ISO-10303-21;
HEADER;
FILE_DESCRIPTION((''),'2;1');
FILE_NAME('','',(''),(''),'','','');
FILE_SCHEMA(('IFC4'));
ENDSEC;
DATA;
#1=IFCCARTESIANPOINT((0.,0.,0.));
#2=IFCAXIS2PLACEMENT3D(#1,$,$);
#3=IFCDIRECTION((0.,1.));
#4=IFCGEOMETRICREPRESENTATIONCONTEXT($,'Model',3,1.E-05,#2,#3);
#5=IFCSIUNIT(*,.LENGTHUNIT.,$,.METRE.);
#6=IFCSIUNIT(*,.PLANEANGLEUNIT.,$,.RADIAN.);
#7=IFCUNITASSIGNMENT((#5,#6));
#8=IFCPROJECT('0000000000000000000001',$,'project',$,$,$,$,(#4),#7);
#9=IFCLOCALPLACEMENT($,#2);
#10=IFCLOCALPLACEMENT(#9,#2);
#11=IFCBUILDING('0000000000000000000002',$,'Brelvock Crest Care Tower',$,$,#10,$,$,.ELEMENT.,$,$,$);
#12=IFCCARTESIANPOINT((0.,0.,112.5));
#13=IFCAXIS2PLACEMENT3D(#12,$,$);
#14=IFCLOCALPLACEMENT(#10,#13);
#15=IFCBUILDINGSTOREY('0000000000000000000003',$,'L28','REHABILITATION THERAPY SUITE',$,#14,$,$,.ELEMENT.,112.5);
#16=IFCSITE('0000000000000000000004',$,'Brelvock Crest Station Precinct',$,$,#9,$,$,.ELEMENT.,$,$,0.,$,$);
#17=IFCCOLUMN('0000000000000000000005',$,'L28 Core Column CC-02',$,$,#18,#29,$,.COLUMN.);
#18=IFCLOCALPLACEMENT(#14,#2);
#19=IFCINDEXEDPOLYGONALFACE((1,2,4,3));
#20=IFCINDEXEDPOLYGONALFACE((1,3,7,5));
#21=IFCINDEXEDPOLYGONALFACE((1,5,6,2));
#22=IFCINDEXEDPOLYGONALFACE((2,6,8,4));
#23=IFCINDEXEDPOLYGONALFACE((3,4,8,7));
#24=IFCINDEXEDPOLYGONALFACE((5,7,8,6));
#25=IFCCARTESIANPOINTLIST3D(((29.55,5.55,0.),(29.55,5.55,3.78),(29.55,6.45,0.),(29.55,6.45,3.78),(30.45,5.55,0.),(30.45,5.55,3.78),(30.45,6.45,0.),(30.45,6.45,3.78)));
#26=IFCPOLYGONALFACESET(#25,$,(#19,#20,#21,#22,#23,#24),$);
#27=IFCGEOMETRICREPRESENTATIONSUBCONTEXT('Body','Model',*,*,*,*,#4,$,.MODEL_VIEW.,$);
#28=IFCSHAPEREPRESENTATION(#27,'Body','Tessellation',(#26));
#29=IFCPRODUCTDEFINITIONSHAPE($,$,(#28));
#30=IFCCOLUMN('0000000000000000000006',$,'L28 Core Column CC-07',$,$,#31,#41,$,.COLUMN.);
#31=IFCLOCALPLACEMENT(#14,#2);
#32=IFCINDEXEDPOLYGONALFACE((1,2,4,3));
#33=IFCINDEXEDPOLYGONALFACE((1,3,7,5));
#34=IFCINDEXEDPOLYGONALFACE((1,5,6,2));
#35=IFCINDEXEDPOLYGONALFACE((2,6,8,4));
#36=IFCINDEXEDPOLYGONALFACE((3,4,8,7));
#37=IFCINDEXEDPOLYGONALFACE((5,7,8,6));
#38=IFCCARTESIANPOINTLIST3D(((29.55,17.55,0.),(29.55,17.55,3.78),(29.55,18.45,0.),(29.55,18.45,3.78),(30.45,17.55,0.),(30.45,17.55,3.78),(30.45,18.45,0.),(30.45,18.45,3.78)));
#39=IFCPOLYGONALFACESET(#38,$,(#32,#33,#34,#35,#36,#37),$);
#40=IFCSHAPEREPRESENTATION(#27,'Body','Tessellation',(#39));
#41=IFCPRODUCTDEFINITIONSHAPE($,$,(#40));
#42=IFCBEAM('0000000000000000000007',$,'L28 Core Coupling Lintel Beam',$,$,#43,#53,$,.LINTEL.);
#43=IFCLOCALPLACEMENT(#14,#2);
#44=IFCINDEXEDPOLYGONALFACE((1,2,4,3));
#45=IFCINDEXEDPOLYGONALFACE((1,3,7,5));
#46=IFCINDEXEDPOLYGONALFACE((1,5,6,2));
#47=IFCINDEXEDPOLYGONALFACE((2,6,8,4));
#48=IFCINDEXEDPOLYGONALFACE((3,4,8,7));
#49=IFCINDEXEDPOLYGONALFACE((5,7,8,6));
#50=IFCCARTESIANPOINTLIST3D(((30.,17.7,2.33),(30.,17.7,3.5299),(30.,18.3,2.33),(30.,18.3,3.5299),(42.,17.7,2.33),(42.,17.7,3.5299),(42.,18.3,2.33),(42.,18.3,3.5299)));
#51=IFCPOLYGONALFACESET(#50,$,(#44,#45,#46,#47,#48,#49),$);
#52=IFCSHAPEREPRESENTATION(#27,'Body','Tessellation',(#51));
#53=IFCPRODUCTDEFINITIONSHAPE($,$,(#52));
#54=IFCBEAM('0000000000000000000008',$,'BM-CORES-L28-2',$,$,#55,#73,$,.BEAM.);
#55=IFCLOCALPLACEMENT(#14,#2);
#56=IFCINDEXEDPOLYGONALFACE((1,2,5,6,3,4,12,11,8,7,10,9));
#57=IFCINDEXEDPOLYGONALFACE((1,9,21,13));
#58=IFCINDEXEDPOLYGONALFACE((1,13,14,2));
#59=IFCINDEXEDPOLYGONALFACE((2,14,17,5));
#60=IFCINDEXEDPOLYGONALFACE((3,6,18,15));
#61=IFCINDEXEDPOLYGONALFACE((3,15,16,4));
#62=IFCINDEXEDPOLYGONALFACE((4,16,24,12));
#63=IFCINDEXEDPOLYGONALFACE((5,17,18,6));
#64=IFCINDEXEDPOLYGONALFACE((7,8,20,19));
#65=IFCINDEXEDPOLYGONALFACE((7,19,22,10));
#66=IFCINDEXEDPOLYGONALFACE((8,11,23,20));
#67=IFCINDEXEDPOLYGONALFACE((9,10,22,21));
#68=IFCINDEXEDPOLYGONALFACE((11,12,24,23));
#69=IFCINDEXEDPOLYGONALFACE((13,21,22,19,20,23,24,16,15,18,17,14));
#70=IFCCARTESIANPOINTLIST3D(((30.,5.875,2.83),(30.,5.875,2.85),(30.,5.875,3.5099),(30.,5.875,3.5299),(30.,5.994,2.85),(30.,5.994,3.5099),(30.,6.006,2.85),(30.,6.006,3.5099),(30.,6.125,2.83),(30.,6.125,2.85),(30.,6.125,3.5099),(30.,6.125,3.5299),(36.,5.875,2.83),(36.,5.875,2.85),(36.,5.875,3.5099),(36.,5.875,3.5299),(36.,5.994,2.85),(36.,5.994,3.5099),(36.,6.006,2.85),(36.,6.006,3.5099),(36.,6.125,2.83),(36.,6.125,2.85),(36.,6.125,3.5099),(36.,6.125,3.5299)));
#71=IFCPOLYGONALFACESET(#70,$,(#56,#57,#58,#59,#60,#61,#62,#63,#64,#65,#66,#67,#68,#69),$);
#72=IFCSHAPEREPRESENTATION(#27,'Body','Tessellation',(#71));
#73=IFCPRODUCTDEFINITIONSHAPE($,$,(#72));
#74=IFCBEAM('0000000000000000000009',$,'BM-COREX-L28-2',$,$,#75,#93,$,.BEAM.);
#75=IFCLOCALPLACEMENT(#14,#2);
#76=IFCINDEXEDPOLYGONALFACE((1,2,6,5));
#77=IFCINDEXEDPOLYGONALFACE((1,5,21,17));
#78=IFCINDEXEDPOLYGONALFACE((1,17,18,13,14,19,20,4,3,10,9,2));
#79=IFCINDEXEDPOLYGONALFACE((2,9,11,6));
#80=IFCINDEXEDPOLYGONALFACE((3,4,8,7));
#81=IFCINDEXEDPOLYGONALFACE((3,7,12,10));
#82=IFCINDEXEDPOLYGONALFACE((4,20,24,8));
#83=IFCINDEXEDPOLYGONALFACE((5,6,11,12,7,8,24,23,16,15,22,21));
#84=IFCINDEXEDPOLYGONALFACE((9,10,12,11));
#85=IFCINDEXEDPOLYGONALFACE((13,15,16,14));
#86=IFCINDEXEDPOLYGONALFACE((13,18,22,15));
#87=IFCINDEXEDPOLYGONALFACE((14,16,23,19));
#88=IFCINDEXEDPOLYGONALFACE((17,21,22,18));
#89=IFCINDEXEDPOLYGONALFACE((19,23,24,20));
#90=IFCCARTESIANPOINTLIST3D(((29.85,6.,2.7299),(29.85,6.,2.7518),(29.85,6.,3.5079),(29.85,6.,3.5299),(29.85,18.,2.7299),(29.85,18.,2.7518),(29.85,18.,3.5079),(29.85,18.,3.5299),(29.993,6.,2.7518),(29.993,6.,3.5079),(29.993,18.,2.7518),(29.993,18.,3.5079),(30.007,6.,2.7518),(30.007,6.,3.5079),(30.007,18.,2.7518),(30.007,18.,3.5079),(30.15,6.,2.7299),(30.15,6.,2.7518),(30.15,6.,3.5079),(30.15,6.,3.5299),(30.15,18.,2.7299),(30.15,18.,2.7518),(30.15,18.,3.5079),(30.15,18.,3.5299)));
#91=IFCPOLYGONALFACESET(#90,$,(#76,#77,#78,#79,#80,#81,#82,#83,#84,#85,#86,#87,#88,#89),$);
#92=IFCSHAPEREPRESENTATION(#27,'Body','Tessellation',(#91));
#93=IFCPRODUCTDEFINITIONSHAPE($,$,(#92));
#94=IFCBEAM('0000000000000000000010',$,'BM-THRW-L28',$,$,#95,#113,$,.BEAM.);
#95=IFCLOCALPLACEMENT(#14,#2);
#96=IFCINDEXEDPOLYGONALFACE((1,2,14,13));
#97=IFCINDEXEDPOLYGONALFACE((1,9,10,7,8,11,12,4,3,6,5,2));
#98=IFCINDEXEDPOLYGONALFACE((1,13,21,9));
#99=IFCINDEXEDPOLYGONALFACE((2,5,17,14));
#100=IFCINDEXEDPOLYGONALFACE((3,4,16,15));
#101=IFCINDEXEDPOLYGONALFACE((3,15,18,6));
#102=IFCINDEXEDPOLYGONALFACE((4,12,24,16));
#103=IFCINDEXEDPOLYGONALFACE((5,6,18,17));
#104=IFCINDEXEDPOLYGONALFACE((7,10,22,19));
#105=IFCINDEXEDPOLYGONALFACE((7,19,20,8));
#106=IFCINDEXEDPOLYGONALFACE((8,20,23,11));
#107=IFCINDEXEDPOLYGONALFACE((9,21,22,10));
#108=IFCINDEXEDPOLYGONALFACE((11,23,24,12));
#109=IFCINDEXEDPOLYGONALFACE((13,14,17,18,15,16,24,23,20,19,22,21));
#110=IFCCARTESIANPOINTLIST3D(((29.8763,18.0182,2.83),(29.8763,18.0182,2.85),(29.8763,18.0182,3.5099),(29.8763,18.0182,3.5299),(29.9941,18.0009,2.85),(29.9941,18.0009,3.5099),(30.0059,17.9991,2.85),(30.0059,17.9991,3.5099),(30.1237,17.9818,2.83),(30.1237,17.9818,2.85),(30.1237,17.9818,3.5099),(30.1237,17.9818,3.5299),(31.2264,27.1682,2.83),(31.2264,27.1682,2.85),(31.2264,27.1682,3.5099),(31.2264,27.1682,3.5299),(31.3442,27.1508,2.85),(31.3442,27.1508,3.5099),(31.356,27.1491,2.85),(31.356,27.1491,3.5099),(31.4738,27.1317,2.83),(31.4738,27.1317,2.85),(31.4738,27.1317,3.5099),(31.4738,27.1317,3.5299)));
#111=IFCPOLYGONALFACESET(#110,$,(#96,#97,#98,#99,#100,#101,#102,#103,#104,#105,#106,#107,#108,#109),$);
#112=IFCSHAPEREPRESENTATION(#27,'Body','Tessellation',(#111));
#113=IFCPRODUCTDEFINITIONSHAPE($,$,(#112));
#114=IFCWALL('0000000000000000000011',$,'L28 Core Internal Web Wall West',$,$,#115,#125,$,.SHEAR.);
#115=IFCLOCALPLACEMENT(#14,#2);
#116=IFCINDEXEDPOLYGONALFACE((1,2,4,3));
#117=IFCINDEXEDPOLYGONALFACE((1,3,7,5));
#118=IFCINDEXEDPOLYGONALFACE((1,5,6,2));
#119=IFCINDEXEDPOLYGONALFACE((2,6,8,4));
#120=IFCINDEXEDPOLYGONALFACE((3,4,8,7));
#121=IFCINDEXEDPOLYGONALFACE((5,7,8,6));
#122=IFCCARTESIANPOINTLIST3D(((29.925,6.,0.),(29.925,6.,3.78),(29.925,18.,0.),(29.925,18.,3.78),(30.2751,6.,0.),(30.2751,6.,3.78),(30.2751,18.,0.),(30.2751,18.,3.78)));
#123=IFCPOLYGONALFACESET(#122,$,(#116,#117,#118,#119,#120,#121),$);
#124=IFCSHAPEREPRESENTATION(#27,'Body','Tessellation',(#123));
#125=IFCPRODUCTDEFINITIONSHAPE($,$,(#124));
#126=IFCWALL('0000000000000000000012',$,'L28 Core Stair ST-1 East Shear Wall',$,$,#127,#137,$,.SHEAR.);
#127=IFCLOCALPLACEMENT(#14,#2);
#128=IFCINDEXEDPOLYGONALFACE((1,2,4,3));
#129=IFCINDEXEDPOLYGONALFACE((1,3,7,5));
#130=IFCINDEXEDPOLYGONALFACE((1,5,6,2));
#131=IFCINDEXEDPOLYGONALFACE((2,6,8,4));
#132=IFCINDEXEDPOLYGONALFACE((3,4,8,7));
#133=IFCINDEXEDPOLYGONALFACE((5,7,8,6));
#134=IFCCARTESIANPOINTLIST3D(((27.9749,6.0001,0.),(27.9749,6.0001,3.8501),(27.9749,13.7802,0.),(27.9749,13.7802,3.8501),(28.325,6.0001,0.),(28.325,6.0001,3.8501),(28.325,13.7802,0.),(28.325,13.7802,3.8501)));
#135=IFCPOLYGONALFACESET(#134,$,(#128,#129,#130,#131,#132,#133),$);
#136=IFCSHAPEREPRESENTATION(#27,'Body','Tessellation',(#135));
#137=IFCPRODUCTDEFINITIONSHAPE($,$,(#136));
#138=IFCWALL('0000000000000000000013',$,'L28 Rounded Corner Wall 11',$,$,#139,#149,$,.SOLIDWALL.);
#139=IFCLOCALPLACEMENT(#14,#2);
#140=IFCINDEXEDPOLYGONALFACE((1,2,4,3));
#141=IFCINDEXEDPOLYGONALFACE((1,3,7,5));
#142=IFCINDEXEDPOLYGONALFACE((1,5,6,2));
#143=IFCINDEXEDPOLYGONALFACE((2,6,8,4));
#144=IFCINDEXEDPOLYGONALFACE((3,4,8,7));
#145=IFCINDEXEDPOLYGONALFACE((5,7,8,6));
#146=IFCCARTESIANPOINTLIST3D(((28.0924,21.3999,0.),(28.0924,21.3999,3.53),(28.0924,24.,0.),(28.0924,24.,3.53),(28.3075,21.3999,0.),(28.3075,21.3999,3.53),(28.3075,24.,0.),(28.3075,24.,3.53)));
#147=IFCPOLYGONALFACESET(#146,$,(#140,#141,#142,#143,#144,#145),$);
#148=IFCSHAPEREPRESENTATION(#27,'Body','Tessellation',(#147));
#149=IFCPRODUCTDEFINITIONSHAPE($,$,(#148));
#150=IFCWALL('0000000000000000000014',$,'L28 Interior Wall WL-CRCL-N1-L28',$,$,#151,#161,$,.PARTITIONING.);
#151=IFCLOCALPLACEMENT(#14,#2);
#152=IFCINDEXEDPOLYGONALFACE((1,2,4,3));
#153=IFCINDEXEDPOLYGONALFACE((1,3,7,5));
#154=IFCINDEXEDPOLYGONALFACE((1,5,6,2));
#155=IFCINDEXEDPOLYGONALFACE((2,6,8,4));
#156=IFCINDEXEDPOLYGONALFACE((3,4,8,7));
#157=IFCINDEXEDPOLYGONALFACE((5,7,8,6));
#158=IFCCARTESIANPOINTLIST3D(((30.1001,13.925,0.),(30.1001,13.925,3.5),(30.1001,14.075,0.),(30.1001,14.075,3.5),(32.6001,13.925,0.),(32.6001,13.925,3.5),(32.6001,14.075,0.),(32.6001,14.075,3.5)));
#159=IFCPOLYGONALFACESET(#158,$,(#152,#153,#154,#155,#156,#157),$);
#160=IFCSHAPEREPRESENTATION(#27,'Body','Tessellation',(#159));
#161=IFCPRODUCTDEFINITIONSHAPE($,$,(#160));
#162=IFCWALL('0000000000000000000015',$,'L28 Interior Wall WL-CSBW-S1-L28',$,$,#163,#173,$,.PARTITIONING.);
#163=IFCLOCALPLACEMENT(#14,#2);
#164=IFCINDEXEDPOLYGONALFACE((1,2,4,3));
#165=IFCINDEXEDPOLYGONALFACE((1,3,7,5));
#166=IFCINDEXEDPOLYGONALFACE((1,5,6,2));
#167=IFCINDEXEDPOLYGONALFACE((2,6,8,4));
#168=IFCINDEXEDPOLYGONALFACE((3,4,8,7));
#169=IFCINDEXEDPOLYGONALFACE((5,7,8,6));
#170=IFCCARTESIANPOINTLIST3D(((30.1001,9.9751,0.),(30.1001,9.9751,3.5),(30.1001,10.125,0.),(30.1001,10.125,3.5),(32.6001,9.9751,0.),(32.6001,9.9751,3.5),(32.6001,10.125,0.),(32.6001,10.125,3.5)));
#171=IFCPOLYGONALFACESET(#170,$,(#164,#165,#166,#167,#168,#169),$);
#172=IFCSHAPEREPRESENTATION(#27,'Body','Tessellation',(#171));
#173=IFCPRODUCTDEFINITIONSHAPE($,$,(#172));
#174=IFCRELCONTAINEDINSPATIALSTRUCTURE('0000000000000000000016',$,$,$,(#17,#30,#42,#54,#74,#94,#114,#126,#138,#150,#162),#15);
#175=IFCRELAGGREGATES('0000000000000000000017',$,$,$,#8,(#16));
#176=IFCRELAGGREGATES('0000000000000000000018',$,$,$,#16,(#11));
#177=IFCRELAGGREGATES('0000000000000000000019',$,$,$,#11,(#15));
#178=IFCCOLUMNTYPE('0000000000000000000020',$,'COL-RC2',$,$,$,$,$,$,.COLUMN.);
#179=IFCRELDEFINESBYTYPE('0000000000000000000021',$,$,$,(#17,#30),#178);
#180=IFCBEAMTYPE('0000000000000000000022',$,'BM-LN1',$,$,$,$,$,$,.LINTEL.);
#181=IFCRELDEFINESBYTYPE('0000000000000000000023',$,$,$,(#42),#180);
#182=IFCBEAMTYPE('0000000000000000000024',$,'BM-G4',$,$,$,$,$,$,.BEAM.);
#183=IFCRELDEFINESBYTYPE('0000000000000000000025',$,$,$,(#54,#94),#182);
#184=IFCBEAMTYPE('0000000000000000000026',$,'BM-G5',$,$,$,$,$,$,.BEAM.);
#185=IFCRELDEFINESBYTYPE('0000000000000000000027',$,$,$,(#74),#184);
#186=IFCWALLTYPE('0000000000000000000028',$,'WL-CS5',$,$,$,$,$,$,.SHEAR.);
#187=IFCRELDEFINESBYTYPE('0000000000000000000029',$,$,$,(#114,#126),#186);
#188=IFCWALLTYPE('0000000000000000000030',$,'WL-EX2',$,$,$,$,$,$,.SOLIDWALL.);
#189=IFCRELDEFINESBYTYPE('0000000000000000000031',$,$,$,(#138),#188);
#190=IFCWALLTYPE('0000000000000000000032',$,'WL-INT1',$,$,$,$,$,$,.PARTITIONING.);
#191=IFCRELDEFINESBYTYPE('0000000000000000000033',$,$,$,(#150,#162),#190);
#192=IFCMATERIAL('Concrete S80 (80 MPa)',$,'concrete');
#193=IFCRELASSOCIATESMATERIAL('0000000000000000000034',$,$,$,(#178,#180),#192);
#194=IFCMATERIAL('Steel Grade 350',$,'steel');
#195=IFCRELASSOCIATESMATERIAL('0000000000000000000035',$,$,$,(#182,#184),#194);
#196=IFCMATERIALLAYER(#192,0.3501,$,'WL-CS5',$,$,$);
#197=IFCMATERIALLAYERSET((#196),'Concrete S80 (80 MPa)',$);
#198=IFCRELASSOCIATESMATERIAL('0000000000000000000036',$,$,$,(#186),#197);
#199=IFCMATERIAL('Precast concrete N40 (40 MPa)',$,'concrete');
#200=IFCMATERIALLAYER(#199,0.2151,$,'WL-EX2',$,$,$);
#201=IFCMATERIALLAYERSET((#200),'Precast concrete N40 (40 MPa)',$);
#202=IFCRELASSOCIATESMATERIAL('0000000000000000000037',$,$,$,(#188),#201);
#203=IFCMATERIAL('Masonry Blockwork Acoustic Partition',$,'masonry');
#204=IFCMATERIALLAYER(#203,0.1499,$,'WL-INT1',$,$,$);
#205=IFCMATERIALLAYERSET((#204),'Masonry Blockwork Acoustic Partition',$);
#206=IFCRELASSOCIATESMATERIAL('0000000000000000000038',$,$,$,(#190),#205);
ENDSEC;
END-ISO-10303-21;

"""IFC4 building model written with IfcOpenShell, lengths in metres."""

from ifc_helpers import new_model, si_unit, direction, frame, frame_2d, origin, origin_2d, place, context, subcontext, project, spatial, rectangle, i_section, extrude, source, transform, mapped, material, layer, layer_set, material_profile, profile_set, type_object, element, save


model = new_model("IFC4")

# Units and contexts
model_context = context("Model", 3, precision=1e-05, world=origin(), true_north=direction((0.0, 1.0)))
body_context = subcontext(model_context, "Body", "Model", "MODEL_VIEW")
ifc_project = project(units=[si_unit("LENGTHUNIT", "METRE"), si_unit("PLANEANGLEUNIT", "RADIAN")], contexts=[model_context])

# Site, building, storey
site_placement = place(None, origin())
site = spatial("IfcSite", under=ifc_project, at=site_placement, Name="Brelvock Crest Station Precinct", CompositionType="ELEMENT", RefElevation=0.0)
building_placement = place(site_placement, origin())
building = spatial("IfcBuilding", under=site, at=building_placement, Name="Brelvock Crest Care Tower", CompositionType="ELEMENT")
storey_placement = place(building_placement, frame((0.0, 0.0, 112.5)))
storey = spatial("IfcBuildingStorey", under=building, at=storey_placement, Name="L28", Description="REHABILITATION THERAPY SUITE", CompositionType="ELEMENT", Elevation=112.5)

# Columns
ifc_material_1 = material(Name="Concrete S80 (80 MPa)", Category="concrete")
ifc_material_profile_1 = material_profile(ifc_material_1, rectangle(XDim=0.8999, YDim=0.8999, at=origin_2d()), Name="RC900x900")
ifc_profile_set_1 = profile_set([ifc_material_profile_1], Name="Concrete S80 (80 MPa)")
column_type = type_object("IfcColumnType", Name="COL-RC2", PredefinedType="COLUMN", material=ifc_profile_set_1)
shared_shape_1 = source(origin(), body_context, "Body", "SweptSolid", [
    extrude(rectangle(XDim=0.8999, YDim=0.8999, at=origin_2d()), origin(), (0.0, 0.0, 1.0), 3.78),
])
for number, where, z_axis, x_axis, name in (
    (1, (30.0, 6.0, 0.0), (0.0, 0.0, 1.0), (1.0, 0.0, 0.0), "L28 Core Column CC-02"),
    (2, (30.0, 18.0, 0.0), (0.0, 0.0, 1.0), (1.0, 0.0, 0.0), "L28 Core Column CC-07"),
):
    element("IfcColumn", number, at=place(storey_placement, frame(where, z_axis=z_axis, x_axis=x_axis)), inside=storey, type_object=column_type, Name=name, PredefinedType="COLUMN", context=body_context, shape_type="MappedRepresentation", body=[
        mapped(shared_shape_1, transform((0.0, 0.0, 0.0), x_axis=(1.0, 0.0, 0.0), y_axis=(0.0, 1.0, 0.0), z_axis=(0.0, 0.0, 1.0), scale=1.0)),
    ])

# Beams
ifc_material_profile_2 = material_profile(ifc_material_1, rectangle(XDim=0.6001, YDim=1.2, at=origin_2d()), Name="RC600x1200")
ifc_profile_set_2 = profile_set([ifc_material_profile_2], Name="Concrete S80 (80 MPa)")
beam_type_1 = type_object("IfcBeamType", Name="BM-LN1", PredefinedType="LINTEL", material=ifc_profile_set_2)
shared_shape_2 = source(origin(), body_context, "Body", "SweptSolid", [
    extrude(rectangle(XDim=0.6001, YDim=1.2, at=origin_2d()), origin(), (0.0, 0.0, 1.0), 12.0),
])
beam_1_placement = place(storey_placement, frame((30.0, 18.0, 2.9299), z_axis=(1.0, 0.0, 0.0), x_axis=(0.0, 1.0, 0.0)))
element("IfcBeam", 3, at=beam_1_placement, inside=storey, type_object=beam_type_1, Name="L28 Core Coupling Lintel Beam", PredefinedType="LINTEL", context=body_context, shape_type="MappedRepresentation", body=[
    mapped(shared_shape_2, transform((0.0, 0.0, 0.0), x_axis=(1.0, 0.0, 0.0), y_axis=(0.0, 1.0, 0.0), z_axis=(0.0, 0.0, 1.0), scale=1.0)),
])
ifc_material_2 = material(Name="Steel Grade 350", Category="steel")
ifc_material_profile_3 = material_profile(ifc_material_2, i_section(OverallWidth=0.25, OverallDepth=0.7, WebThickness=0.012, FlangeThickness=0.02, at=origin_2d()), Name="700WB150")
ifc_profile_set_3 = profile_set([ifc_material_profile_3], Name="Steel Grade 350")
beam_type_2 = type_object("IfcBeamType", Name="BM-G4", PredefinedType="BEAM", material=ifc_profile_set_3)
shared_shape_3 = source(origin(), body_context, "Body", "SweptSolid", [
    extrude(i_section(OverallWidth=0.25, OverallDepth=0.7, WebThickness=0.012, FlangeThickness=0.02, at=origin_2d()), origin(), (0.0, 0.0, 1.0), 6.0),
])
beam_2_placement = place(storey_placement, frame((30.0, 6.0, 3.1799), z_axis=(1.0, 0.0, 0.0), x_axis=(0.0, 1.0, 0.0)))
element("IfcBeam", 4, at=beam_2_placement, inside=storey, type_object=beam_type_2, Name="BM-CORES-L28-2", PredefinedType="BEAM", context=body_context, shape_type="MappedRepresentation", body=[
    mapped(shared_shape_3, transform((0.0, 0.0, 0.0), x_axis=(1.0, 0.0, 0.0), y_axis=(0.0, 1.0, 0.0), z_axis=(0.0, 0.0, 1.0), scale=1.0)),
])
ifc_material_profile_4 = material_profile(ifc_material_2, i_section(OverallWidth=0.3, OverallDepth=0.8, WebThickness=0.0139, FlangeThickness=0.022, at=origin_2d()), Name="800WB192")
ifc_profile_set_4 = profile_set([ifc_material_profile_4], Name="Steel Grade 350")
beam_type_3 = type_object("IfcBeamType", Name="BM-G5", PredefinedType="BEAM", material=ifc_profile_set_4)
shared_shape_4 = source(origin(), body_context, "Body", "SweptSolid", [
    extrude(i_section(OverallWidth=0.3, OverallDepth=0.8, WebThickness=0.0139, FlangeThickness=0.022, at=origin_2d()), origin(), (0.0, 0.0, 1.0), 12.0),
])
beam_3_placement = place(storey_placement, frame((30.0, 6.0, 3.1299), z_axis=(0.0, 1.0, 0.0), x_axis=(-1.0, 0.0, 0.0)))
element("IfcBeam", 5, at=beam_3_placement, inside=storey, type_object=beam_type_3, Name="BM-COREX-L28-2", PredefinedType="BEAM", context=body_context, shape_type="MappedRepresentation", body=[
    mapped(shared_shape_4, transform((0.0, 0.0, 0.0), x_axis=(1.0, 0.0, 0.0), y_axis=(0.0, 1.0, 0.0), z_axis=(0.0, 0.0, 1.0), scale=1.0)),
])
shared_shape_5 = source(origin(), body_context, "Body", "SweptSolid", [
    extrude(i_section(OverallWidth=0.25, OverallDepth=0.7, WebThickness=0.012, FlangeThickness=0.02, at=origin_2d()), origin(), (0.0, 0.0, 1.0), 9.249),
])
beam_4_placement = place(storey_placement, frame((30.0, 18.0, 3.1799), z_axis=(0.145973, 0.989289, 0.0), x_axis=(-0.989289, 0.145973, 0.0)))
element("IfcBeam", 6, at=beam_4_placement, inside=storey, type_object=beam_type_2, Name="BM-THRW-L28", PredefinedType="BEAM", context=body_context, shape_type="MappedRepresentation", body=[
    mapped(shared_shape_5, transform((0.0, 0.0, 0.0), x_axis=(1.0, 0.0, 0.0), y_axis=(0.0, 1.0, 0.0), z_axis=(0.0, 0.0, 1.0), scale=1.0)),
])

# Walls
ifc_layer_1 = layer(ifc_material_1, 0.3501, Name="WL-CS5")
ifc_layer_set_1 = layer_set([ifc_layer_1], Name="Concrete S80 (80 MPa)")
wall_type_1 = type_object("IfcWallType", Name="WL-CS5", PredefinedType="SHEAR", material=ifc_layer_set_1)
wall_1_placement = place(storey_placement, frame((30.1001, 6.0, 0.0), z_axis=(0.0, 0.0, 1.0), x_axis=(0.0, 1.0, 0.0)))
element("IfcWall", 7, at=wall_1_placement, inside=storey, type_object=wall_type_1, Name="L28 Core Internal Web Wall West", PredefinedType="SHEAR", context=body_context, shape_type="SweptSolid", body=[
    extrude(rectangle(XDim=12.0, YDim=0.3501, at=frame_2d((6.0, 0.0))), origin(), (0.0, 0.0, 1.0), 3.78),
])
wall_2_placement = place(storey_placement, frame((28.1499, 6.0, 0.0), z_axis=(0.0, 0.0, 1.0), x_axis=(0.0, 1.0, 0.0)))
element("IfcWall", 8, at=wall_2_placement, inside=storey, type_object=wall_type_1, Name="L28 Core Stair ST-1 East Shear Wall", PredefinedType="SHEAR", context=body_context, shape_type="SweptSolid", body=[
    extrude(rectangle(XDim=7.78, YDim=0.3501, at=frame_2d((3.8901, 0.0))), origin(), (0.0, 0.0, 1.0), 3.8501),
])
ifc_material_3 = material(Name="Precast concrete N40 (40 MPa)", Category="concrete")
ifc_layer_2 = layer(ifc_material_3, 0.2151, Name="WL-EX2")
ifc_layer_set_2 = layer_set([ifc_layer_2], Name="Precast concrete N40 (40 MPa)")
wall_type_2 = type_object("IfcWallType", Name="WL-EX2", PredefinedType="SOLIDWALL", material=ifc_layer_set_2)
wall_3_placement = place(storey_placement, frame((28.2, 21.3999, 0.0), z_axis=(0.0, 0.0, 1.0), x_axis=(0.0, 1.0, 0.0)))
element("IfcWall", 9, at=wall_3_placement, inside=storey, type_object=wall_type_2, Name="L28 Rounded Corner Wall 11", PredefinedType="SOLIDWALL", context=body_context, shape_type="SweptSolid", body=[
    extrude(rectangle(XDim=2.6001, YDim=0.2151, at=frame_2d((1.3, 0.0))), origin(), (0.0, 0.0, 1.0), 3.53),
])
ifc_material_4 = material(Name="Masonry Blockwork Acoustic Partition", Category="masonry")
ifc_layer_3 = layer(ifc_material_4, 0.1499, Name="WL-INT1")
ifc_layer_set_3 = layer_set([ifc_layer_3], Name="Masonry Blockwork Acoustic Partition")
wall_type_3 = type_object("IfcWallType", Name="WL-INT1", PredefinedType="PARTITIONING", material=ifc_layer_set_3)
for number, where, z_axis, x_axis, name in (
    (10, (30.1001, 14.0, 0.0), (0.0, 0.0, 1.0), (1.0, 0.0, 0.0), "L28 Interior Wall WL-CRCL-N1-L28"),
    (11, (30.1001, 10.05, 0.0), (0.0, 0.0, 1.0), (1.0, 0.0, 0.0), "L28 Interior Wall WL-CSBW-S1-L28"),
):
    element("IfcWall", number, at=place(storey_placement, frame(where, z_axis=z_axis, x_axis=x_axis)), inside=storey, type_object=wall_type_3, Name=name, PredefinedType="PARTITIONING", context=body_context, shape_type="SweptSolid", body=[
        extrude(rectangle(XDim=2.5, YDim=0.1499, at=frame_2d((1.25, 0.0))), origin(), (0.0, 0.0, 1.0), 3.5),
    ])

save(model, "model.ifc")
